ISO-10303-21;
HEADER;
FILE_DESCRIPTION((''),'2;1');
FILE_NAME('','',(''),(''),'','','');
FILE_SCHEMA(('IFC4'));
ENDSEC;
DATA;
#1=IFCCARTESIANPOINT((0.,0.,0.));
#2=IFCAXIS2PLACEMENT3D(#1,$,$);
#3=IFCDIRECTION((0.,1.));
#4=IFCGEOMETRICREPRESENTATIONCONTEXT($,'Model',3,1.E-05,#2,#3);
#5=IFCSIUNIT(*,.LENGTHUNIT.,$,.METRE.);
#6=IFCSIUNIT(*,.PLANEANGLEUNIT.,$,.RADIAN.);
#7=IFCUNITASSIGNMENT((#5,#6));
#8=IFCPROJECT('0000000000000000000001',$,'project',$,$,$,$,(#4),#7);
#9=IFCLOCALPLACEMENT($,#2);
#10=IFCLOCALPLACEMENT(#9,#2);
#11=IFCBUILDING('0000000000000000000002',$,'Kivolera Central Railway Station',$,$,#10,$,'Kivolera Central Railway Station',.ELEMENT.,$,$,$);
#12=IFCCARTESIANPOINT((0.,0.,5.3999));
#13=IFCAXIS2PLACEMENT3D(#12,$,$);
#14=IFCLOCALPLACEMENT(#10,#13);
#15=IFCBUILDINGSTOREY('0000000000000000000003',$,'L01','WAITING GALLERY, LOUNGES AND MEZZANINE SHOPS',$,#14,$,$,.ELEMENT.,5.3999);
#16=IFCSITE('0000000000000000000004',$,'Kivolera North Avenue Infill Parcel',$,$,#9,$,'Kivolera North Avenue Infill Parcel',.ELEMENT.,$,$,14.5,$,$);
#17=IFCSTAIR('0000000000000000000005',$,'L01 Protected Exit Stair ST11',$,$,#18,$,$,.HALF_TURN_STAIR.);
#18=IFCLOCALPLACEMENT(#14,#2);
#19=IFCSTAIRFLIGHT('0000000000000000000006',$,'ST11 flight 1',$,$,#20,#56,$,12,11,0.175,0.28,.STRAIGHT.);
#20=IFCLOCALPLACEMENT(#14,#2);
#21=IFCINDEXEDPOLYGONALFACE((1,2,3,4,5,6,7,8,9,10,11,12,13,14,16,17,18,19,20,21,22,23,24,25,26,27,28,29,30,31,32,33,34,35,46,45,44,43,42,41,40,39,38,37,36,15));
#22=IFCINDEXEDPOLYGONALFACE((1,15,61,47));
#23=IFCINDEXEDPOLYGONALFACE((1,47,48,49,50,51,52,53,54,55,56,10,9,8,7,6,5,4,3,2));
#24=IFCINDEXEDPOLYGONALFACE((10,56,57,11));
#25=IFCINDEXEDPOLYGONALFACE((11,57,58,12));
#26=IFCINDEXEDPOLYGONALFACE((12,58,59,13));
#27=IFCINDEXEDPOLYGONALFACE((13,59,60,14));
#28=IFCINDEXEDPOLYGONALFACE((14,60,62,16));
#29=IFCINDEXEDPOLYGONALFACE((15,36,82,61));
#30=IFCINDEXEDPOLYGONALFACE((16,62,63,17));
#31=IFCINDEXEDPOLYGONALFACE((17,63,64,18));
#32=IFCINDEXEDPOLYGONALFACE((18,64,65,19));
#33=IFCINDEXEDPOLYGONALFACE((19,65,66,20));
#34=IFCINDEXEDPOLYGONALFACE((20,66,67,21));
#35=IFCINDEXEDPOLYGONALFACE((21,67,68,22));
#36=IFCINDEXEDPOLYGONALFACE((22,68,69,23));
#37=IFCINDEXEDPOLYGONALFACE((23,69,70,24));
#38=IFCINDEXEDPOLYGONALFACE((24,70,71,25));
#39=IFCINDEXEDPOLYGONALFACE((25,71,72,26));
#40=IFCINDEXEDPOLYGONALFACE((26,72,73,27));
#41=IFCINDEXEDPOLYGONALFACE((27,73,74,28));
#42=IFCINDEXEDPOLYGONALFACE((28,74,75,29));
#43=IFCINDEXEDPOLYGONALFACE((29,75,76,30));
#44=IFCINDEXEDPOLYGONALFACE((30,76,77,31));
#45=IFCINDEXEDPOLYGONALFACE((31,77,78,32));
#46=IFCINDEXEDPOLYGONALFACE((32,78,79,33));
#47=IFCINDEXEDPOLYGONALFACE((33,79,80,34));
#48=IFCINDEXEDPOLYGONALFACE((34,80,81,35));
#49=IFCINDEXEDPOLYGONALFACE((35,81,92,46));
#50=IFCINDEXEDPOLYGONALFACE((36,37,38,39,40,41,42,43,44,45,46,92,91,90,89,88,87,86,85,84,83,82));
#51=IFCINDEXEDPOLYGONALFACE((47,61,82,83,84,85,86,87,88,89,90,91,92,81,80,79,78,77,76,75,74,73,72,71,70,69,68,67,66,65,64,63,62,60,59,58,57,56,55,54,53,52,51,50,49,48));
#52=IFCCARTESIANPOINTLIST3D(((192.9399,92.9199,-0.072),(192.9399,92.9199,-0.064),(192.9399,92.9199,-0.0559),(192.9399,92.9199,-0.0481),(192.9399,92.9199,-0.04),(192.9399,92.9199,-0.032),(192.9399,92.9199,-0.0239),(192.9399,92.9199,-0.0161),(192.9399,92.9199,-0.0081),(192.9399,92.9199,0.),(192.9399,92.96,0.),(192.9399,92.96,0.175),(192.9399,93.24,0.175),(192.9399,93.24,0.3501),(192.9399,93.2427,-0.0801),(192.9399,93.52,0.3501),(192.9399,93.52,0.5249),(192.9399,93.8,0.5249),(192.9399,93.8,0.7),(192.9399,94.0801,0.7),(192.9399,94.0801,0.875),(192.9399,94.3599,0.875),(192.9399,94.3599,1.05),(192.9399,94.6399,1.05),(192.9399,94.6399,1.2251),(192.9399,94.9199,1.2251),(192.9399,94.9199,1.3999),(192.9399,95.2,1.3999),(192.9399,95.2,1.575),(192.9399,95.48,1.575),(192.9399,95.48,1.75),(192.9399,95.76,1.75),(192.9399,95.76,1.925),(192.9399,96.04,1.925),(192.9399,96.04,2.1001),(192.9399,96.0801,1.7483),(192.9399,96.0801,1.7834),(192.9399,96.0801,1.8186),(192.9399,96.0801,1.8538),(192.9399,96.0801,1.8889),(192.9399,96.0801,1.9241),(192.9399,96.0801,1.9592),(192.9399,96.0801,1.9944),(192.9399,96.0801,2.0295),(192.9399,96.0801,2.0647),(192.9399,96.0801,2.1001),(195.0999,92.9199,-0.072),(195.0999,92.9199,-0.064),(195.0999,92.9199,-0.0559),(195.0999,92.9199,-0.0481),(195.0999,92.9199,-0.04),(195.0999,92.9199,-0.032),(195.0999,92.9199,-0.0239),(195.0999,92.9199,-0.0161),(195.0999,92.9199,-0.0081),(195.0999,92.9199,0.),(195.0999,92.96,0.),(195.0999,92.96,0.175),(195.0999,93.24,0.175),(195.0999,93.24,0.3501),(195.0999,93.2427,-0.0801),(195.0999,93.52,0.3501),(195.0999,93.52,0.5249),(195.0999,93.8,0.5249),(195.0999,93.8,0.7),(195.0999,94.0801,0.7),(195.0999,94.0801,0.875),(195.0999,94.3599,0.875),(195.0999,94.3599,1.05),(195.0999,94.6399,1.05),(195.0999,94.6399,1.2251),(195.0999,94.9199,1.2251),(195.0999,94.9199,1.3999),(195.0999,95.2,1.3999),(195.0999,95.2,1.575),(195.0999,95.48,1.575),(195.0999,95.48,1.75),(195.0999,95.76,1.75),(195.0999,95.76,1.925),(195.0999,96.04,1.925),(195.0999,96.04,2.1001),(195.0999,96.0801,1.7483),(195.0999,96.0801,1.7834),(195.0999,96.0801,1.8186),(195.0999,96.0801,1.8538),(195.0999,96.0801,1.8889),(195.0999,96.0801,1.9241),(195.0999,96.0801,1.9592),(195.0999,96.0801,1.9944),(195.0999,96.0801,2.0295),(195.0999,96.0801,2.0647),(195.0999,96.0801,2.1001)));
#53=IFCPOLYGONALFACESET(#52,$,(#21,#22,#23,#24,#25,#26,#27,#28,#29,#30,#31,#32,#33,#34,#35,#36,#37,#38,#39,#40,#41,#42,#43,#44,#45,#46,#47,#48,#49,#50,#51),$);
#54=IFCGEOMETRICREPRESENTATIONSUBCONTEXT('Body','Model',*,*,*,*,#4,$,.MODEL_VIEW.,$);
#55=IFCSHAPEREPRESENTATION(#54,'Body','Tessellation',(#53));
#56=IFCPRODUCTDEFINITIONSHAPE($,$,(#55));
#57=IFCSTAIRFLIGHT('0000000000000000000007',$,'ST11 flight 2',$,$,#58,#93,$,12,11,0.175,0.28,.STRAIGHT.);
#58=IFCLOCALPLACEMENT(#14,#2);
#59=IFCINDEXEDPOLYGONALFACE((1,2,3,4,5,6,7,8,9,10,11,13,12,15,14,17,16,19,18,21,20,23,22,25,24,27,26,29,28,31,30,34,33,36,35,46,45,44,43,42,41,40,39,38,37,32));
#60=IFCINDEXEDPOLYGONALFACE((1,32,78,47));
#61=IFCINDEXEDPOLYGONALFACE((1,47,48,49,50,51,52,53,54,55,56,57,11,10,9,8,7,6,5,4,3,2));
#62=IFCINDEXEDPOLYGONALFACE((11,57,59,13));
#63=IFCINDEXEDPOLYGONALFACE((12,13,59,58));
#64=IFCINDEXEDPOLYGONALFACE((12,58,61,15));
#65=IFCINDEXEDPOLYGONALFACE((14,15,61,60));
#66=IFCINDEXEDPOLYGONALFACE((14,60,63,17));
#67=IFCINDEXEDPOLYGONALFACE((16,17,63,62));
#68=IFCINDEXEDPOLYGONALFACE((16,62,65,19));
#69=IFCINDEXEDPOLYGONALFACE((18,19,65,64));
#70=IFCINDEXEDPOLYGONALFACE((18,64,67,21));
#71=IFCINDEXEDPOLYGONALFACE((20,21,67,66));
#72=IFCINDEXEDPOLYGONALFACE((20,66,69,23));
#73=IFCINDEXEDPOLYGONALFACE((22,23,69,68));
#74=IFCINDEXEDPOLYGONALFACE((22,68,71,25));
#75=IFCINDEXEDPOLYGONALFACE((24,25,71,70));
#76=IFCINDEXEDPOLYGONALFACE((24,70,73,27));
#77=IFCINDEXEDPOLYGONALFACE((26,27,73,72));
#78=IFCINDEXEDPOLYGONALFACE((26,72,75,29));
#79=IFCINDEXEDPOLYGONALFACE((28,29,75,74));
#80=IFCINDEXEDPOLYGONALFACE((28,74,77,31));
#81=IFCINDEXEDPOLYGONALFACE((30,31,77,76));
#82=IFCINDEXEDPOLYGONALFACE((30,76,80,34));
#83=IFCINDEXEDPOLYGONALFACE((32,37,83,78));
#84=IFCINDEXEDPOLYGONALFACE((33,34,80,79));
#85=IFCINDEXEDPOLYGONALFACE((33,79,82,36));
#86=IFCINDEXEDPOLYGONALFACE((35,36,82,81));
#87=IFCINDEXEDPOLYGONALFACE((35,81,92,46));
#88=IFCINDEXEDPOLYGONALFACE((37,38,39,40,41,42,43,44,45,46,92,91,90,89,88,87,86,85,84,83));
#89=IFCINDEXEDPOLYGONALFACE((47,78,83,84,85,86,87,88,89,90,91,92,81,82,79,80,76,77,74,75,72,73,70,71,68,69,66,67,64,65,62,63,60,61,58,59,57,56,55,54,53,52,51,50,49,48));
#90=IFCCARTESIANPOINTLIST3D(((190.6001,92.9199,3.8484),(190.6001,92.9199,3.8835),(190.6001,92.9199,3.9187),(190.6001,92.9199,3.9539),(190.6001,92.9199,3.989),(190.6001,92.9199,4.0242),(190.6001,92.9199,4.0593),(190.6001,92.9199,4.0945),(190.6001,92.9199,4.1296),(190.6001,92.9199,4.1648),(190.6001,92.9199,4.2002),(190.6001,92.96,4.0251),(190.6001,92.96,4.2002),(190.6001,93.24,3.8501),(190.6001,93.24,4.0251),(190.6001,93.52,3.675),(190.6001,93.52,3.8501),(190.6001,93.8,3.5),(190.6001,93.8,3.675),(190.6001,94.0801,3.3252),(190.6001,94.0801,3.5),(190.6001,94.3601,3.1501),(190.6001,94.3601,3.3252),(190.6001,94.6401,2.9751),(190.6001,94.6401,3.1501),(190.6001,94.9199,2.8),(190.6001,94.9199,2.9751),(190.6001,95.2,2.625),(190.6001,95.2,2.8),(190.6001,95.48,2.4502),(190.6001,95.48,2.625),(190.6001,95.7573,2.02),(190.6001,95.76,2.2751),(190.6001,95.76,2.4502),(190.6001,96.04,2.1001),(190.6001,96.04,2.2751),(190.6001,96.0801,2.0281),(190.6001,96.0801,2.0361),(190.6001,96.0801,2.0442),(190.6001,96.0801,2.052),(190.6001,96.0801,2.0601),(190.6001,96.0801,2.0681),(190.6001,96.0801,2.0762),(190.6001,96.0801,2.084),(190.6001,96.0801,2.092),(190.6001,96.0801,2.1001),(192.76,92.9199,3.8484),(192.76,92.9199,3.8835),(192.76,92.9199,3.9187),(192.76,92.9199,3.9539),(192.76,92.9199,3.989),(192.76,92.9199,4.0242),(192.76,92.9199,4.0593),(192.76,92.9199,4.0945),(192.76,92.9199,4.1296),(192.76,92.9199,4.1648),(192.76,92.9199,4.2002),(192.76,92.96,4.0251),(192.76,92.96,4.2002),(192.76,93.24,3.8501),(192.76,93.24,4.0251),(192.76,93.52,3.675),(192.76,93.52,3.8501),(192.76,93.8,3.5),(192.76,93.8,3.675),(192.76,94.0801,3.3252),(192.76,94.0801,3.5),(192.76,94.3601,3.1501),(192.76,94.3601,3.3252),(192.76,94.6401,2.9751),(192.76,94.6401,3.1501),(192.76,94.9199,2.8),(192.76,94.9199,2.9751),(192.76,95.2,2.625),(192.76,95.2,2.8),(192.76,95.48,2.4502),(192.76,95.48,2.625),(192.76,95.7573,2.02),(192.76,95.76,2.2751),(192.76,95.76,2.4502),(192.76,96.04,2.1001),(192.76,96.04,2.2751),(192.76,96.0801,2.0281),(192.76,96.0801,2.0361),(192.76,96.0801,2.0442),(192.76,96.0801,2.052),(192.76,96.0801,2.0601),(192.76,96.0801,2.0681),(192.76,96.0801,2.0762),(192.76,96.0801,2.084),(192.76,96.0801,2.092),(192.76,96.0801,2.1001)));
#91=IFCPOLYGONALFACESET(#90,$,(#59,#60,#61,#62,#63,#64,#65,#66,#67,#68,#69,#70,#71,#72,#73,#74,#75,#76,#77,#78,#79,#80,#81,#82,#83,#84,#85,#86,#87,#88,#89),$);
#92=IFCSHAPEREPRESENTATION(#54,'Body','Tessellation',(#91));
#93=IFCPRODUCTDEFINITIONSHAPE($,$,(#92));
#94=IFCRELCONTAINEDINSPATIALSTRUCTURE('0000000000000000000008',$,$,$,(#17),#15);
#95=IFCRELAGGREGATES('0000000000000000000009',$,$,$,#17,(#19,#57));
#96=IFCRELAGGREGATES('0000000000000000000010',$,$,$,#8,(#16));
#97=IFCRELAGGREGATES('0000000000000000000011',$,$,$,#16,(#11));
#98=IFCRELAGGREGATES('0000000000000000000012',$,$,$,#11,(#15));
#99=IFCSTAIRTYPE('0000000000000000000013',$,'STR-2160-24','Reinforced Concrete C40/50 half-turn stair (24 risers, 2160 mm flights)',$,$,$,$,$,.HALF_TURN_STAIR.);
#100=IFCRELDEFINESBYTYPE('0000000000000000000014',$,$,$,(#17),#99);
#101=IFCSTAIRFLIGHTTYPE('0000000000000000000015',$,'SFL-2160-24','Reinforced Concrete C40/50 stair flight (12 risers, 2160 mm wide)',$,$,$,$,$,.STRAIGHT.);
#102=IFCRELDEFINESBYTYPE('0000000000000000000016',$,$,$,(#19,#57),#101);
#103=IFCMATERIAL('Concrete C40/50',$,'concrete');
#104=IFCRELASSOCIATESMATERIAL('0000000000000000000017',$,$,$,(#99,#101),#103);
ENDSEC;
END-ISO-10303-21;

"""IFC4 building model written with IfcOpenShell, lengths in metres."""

from ifc_helpers import new_model, si_unit, direction, frame, origin, place, context, subcontext, project, spatial, polyline, outline, extrude, material, type_object, element, aggregate, save


model = new_model("IFC4")

# Units and contexts
model_context = context("Model", 3, precision=1e-05, world=origin(), true_north=direction((0.0, 1.0)))
body_context = subcontext(model_context, "Body", "Model", "MODEL_VIEW")
ifc_project = project(units=[si_unit("LENGTHUNIT", "METRE"), si_unit("PLANEANGLEUNIT", "RADIAN")], contexts=[model_context])

# Site, building, storey
site_placement = place(None, origin())
site = spatial("IfcSite", under=ifc_project, at=site_placement, Name="Kivolera North Avenue Infill Parcel", LongName="Kivolera North Avenue Infill Parcel", CompositionType="ELEMENT", RefElevation=14.5)
building_placement = place(site_placement, origin())
building = spatial("IfcBuilding", under=site, at=building_placement, Name="Kivolera Central Railway Station", LongName="Kivolera Central Railway Station", CompositionType="ELEMENT")
storey_placement = place(building_placement, frame((0.0, 0.0, 5.3999)))
storey = spatial("IfcBuildingStorey", under=building, at=storey_placement, Name="L01", Description="WAITING GALLERY, LOUNGES AND MEZZANINE SHOPS", CompositionType="ELEMENT", Elevation=5.3999)

# Shared definitions
ifc_material_1 = material(Name="Concrete C40/50", Category="concrete")

# Stair, stair flights
stair_type = type_object("IfcStairType", Name="STR-2160-24", Description="Reinforced Concrete C40/50 half-turn stair (24 risers, 2160 mm flights)", PredefinedType="HALF_TURN_STAIR", material=ifc_material_1)
stair_placement = place(storey_placement, origin())
stair = element("IfcStair", 1, at=stair_placement, inside=storey, type_object=stair_type, Name="L01 Protected Exit Stair ST11", PredefinedType="HALF_TURN_STAIR")
stair_flight_type = type_object("IfcStairFlightType", Name="SFL-2160-24", Description="Reinforced Concrete C40/50 stair flight (12 risers, 2160 mm wide)", PredefinedType="STRAIGHT", material=ifc_material_1)
stair_flight_1_placement = place(storey_placement, frame((194.02, 92.96, 0.0), z_axis=(0.0, 0.0, 1.0), x_axis=(0.0, 1.0, 0.0)))
stair_flight_1 = element("IfcStairFlight", 2, at=stair_flight_1_placement, type_object=stair_flight_type, Name="ST11 flight 1", NumberOfRisers=12, NumberOfTreads=11, PredefinedType="STRAIGHT", RiserHeight=0.175, TreadLength=0.28, context=body_context, shape_type="SweptSolid", body=[
    extrude(outline(polyline([(-0.04, 0.0), (0.0, 0.0), (0.0, 0.175), (0.28, 0.175), (0.28, 0.3501), (0.5601, 0.3501), (0.5601, 0.5249), (0.8401, 0.5249), (0.8401, 0.7), (1.1201, 0.7), (1.1201, 0.875), (1.3999, 0.875), (1.3999, 1.05), (1.6799, 1.05), (1.6799, 1.2251), (1.96, 1.2251), (1.96, 1.3999), (2.24, 1.3999), (2.24, 1.575), (2.52, 1.575), (2.52, 1.75), (2.8, 1.75), (2.8, 1.925), (3.0801, 1.925), (3.0801, 2.1001), (3.1201, 2.1001), (3.1201, 2.0647), (3.1201, 2.0295), (3.1201, 1.9944), (3.1201, 1.9592), (3.1201, 1.9241), (3.1201, 1.8889), (3.1201, 1.8538), (3.1201, 1.8186), (3.1201, 1.7834), (3.1201, 1.7483), (0.2827, -0.0801), (-0.04, -0.072), (-0.04, -0.064), (-0.04, -0.0559), (-0.04, -0.0481), (-0.04, -0.04), (-0.04, -0.032), (-0.04, -0.0239), (-0.04, -0.0161), (-0.04, -0.0081), (-0.04, 0.0)])), frame((0.0, 1.0801, 0.0), z_axis=(0.0, -1.0, 0.0), x_axis=(1.0, 0.0, 0.0)), (0.0, 0.0, 1.0), 2.1599),
])
stair_flight_2_placement = place(storey_placement, frame((191.6799, 96.04, 2.1001), z_axis=(0.0, 0.0, 1.0), x_axis=(0.0, -1.0, 0.0)))
stair_flight_2 = element("IfcStairFlight", 3, at=stair_flight_2_placement, type_object=stair_flight_type, Name="ST11 flight 2", NumberOfRisers=12, NumberOfTreads=11, PredefinedType="STRAIGHT", RiserHeight=0.175, TreadLength=0.28, context=body_context, shape_type="SweptSolid", body=[
    extrude(outline(polyline([(-0.04, 0.0), (0.0, 0.0), (0.0, 0.175), (0.28, 0.175), (0.28, 0.3501), (0.5601, 0.3501), (0.5601, 0.5249), (0.8401, 0.5249), (0.8401, 0.7), (1.1201, 0.7), (1.1201, 0.875), (1.3999, 0.875), (1.3999, 1.05), (1.6799, 1.05), (1.6799, 1.2251), (1.96, 1.2251), (1.96, 1.3999), (2.24, 1.3999), (2.24, 1.575), (2.52, 1.575), (2.52, 1.75), (2.8, 1.75), (2.8, 1.925), (3.0801, 1.925), (3.0801, 2.1001), (3.1201, 2.1001), (3.1201, 2.0647), (3.1201, 2.0295), (3.1201, 1.9944), (3.1201, 1.9592), (3.1201, 1.9241), (3.1201, 1.8889), (3.1201, 1.8538), (3.1201, 1.8186), (3.1201, 1.7834), (3.1201, 1.7483), (0.2827, -0.0801), (-0.04, -0.072), (-0.04, -0.064), (-0.04, -0.0559), (-0.04, -0.0481), (-0.04, -0.04), (-0.04, -0.032), (-0.04, -0.0239), (-0.04, -0.0161), (-0.04, -0.0081), (-0.04, 0.0)])), frame((0.0, 1.0801, 0.0), z_axis=(0.0, -1.0, 0.0), x_axis=(1.0, 0.0, 0.0)), (0.0, 0.0, 1.0), 2.1599),
])
aggregate(stair, [stair_flight_1, stair_flight_2])

save(model, "model.ifc")
